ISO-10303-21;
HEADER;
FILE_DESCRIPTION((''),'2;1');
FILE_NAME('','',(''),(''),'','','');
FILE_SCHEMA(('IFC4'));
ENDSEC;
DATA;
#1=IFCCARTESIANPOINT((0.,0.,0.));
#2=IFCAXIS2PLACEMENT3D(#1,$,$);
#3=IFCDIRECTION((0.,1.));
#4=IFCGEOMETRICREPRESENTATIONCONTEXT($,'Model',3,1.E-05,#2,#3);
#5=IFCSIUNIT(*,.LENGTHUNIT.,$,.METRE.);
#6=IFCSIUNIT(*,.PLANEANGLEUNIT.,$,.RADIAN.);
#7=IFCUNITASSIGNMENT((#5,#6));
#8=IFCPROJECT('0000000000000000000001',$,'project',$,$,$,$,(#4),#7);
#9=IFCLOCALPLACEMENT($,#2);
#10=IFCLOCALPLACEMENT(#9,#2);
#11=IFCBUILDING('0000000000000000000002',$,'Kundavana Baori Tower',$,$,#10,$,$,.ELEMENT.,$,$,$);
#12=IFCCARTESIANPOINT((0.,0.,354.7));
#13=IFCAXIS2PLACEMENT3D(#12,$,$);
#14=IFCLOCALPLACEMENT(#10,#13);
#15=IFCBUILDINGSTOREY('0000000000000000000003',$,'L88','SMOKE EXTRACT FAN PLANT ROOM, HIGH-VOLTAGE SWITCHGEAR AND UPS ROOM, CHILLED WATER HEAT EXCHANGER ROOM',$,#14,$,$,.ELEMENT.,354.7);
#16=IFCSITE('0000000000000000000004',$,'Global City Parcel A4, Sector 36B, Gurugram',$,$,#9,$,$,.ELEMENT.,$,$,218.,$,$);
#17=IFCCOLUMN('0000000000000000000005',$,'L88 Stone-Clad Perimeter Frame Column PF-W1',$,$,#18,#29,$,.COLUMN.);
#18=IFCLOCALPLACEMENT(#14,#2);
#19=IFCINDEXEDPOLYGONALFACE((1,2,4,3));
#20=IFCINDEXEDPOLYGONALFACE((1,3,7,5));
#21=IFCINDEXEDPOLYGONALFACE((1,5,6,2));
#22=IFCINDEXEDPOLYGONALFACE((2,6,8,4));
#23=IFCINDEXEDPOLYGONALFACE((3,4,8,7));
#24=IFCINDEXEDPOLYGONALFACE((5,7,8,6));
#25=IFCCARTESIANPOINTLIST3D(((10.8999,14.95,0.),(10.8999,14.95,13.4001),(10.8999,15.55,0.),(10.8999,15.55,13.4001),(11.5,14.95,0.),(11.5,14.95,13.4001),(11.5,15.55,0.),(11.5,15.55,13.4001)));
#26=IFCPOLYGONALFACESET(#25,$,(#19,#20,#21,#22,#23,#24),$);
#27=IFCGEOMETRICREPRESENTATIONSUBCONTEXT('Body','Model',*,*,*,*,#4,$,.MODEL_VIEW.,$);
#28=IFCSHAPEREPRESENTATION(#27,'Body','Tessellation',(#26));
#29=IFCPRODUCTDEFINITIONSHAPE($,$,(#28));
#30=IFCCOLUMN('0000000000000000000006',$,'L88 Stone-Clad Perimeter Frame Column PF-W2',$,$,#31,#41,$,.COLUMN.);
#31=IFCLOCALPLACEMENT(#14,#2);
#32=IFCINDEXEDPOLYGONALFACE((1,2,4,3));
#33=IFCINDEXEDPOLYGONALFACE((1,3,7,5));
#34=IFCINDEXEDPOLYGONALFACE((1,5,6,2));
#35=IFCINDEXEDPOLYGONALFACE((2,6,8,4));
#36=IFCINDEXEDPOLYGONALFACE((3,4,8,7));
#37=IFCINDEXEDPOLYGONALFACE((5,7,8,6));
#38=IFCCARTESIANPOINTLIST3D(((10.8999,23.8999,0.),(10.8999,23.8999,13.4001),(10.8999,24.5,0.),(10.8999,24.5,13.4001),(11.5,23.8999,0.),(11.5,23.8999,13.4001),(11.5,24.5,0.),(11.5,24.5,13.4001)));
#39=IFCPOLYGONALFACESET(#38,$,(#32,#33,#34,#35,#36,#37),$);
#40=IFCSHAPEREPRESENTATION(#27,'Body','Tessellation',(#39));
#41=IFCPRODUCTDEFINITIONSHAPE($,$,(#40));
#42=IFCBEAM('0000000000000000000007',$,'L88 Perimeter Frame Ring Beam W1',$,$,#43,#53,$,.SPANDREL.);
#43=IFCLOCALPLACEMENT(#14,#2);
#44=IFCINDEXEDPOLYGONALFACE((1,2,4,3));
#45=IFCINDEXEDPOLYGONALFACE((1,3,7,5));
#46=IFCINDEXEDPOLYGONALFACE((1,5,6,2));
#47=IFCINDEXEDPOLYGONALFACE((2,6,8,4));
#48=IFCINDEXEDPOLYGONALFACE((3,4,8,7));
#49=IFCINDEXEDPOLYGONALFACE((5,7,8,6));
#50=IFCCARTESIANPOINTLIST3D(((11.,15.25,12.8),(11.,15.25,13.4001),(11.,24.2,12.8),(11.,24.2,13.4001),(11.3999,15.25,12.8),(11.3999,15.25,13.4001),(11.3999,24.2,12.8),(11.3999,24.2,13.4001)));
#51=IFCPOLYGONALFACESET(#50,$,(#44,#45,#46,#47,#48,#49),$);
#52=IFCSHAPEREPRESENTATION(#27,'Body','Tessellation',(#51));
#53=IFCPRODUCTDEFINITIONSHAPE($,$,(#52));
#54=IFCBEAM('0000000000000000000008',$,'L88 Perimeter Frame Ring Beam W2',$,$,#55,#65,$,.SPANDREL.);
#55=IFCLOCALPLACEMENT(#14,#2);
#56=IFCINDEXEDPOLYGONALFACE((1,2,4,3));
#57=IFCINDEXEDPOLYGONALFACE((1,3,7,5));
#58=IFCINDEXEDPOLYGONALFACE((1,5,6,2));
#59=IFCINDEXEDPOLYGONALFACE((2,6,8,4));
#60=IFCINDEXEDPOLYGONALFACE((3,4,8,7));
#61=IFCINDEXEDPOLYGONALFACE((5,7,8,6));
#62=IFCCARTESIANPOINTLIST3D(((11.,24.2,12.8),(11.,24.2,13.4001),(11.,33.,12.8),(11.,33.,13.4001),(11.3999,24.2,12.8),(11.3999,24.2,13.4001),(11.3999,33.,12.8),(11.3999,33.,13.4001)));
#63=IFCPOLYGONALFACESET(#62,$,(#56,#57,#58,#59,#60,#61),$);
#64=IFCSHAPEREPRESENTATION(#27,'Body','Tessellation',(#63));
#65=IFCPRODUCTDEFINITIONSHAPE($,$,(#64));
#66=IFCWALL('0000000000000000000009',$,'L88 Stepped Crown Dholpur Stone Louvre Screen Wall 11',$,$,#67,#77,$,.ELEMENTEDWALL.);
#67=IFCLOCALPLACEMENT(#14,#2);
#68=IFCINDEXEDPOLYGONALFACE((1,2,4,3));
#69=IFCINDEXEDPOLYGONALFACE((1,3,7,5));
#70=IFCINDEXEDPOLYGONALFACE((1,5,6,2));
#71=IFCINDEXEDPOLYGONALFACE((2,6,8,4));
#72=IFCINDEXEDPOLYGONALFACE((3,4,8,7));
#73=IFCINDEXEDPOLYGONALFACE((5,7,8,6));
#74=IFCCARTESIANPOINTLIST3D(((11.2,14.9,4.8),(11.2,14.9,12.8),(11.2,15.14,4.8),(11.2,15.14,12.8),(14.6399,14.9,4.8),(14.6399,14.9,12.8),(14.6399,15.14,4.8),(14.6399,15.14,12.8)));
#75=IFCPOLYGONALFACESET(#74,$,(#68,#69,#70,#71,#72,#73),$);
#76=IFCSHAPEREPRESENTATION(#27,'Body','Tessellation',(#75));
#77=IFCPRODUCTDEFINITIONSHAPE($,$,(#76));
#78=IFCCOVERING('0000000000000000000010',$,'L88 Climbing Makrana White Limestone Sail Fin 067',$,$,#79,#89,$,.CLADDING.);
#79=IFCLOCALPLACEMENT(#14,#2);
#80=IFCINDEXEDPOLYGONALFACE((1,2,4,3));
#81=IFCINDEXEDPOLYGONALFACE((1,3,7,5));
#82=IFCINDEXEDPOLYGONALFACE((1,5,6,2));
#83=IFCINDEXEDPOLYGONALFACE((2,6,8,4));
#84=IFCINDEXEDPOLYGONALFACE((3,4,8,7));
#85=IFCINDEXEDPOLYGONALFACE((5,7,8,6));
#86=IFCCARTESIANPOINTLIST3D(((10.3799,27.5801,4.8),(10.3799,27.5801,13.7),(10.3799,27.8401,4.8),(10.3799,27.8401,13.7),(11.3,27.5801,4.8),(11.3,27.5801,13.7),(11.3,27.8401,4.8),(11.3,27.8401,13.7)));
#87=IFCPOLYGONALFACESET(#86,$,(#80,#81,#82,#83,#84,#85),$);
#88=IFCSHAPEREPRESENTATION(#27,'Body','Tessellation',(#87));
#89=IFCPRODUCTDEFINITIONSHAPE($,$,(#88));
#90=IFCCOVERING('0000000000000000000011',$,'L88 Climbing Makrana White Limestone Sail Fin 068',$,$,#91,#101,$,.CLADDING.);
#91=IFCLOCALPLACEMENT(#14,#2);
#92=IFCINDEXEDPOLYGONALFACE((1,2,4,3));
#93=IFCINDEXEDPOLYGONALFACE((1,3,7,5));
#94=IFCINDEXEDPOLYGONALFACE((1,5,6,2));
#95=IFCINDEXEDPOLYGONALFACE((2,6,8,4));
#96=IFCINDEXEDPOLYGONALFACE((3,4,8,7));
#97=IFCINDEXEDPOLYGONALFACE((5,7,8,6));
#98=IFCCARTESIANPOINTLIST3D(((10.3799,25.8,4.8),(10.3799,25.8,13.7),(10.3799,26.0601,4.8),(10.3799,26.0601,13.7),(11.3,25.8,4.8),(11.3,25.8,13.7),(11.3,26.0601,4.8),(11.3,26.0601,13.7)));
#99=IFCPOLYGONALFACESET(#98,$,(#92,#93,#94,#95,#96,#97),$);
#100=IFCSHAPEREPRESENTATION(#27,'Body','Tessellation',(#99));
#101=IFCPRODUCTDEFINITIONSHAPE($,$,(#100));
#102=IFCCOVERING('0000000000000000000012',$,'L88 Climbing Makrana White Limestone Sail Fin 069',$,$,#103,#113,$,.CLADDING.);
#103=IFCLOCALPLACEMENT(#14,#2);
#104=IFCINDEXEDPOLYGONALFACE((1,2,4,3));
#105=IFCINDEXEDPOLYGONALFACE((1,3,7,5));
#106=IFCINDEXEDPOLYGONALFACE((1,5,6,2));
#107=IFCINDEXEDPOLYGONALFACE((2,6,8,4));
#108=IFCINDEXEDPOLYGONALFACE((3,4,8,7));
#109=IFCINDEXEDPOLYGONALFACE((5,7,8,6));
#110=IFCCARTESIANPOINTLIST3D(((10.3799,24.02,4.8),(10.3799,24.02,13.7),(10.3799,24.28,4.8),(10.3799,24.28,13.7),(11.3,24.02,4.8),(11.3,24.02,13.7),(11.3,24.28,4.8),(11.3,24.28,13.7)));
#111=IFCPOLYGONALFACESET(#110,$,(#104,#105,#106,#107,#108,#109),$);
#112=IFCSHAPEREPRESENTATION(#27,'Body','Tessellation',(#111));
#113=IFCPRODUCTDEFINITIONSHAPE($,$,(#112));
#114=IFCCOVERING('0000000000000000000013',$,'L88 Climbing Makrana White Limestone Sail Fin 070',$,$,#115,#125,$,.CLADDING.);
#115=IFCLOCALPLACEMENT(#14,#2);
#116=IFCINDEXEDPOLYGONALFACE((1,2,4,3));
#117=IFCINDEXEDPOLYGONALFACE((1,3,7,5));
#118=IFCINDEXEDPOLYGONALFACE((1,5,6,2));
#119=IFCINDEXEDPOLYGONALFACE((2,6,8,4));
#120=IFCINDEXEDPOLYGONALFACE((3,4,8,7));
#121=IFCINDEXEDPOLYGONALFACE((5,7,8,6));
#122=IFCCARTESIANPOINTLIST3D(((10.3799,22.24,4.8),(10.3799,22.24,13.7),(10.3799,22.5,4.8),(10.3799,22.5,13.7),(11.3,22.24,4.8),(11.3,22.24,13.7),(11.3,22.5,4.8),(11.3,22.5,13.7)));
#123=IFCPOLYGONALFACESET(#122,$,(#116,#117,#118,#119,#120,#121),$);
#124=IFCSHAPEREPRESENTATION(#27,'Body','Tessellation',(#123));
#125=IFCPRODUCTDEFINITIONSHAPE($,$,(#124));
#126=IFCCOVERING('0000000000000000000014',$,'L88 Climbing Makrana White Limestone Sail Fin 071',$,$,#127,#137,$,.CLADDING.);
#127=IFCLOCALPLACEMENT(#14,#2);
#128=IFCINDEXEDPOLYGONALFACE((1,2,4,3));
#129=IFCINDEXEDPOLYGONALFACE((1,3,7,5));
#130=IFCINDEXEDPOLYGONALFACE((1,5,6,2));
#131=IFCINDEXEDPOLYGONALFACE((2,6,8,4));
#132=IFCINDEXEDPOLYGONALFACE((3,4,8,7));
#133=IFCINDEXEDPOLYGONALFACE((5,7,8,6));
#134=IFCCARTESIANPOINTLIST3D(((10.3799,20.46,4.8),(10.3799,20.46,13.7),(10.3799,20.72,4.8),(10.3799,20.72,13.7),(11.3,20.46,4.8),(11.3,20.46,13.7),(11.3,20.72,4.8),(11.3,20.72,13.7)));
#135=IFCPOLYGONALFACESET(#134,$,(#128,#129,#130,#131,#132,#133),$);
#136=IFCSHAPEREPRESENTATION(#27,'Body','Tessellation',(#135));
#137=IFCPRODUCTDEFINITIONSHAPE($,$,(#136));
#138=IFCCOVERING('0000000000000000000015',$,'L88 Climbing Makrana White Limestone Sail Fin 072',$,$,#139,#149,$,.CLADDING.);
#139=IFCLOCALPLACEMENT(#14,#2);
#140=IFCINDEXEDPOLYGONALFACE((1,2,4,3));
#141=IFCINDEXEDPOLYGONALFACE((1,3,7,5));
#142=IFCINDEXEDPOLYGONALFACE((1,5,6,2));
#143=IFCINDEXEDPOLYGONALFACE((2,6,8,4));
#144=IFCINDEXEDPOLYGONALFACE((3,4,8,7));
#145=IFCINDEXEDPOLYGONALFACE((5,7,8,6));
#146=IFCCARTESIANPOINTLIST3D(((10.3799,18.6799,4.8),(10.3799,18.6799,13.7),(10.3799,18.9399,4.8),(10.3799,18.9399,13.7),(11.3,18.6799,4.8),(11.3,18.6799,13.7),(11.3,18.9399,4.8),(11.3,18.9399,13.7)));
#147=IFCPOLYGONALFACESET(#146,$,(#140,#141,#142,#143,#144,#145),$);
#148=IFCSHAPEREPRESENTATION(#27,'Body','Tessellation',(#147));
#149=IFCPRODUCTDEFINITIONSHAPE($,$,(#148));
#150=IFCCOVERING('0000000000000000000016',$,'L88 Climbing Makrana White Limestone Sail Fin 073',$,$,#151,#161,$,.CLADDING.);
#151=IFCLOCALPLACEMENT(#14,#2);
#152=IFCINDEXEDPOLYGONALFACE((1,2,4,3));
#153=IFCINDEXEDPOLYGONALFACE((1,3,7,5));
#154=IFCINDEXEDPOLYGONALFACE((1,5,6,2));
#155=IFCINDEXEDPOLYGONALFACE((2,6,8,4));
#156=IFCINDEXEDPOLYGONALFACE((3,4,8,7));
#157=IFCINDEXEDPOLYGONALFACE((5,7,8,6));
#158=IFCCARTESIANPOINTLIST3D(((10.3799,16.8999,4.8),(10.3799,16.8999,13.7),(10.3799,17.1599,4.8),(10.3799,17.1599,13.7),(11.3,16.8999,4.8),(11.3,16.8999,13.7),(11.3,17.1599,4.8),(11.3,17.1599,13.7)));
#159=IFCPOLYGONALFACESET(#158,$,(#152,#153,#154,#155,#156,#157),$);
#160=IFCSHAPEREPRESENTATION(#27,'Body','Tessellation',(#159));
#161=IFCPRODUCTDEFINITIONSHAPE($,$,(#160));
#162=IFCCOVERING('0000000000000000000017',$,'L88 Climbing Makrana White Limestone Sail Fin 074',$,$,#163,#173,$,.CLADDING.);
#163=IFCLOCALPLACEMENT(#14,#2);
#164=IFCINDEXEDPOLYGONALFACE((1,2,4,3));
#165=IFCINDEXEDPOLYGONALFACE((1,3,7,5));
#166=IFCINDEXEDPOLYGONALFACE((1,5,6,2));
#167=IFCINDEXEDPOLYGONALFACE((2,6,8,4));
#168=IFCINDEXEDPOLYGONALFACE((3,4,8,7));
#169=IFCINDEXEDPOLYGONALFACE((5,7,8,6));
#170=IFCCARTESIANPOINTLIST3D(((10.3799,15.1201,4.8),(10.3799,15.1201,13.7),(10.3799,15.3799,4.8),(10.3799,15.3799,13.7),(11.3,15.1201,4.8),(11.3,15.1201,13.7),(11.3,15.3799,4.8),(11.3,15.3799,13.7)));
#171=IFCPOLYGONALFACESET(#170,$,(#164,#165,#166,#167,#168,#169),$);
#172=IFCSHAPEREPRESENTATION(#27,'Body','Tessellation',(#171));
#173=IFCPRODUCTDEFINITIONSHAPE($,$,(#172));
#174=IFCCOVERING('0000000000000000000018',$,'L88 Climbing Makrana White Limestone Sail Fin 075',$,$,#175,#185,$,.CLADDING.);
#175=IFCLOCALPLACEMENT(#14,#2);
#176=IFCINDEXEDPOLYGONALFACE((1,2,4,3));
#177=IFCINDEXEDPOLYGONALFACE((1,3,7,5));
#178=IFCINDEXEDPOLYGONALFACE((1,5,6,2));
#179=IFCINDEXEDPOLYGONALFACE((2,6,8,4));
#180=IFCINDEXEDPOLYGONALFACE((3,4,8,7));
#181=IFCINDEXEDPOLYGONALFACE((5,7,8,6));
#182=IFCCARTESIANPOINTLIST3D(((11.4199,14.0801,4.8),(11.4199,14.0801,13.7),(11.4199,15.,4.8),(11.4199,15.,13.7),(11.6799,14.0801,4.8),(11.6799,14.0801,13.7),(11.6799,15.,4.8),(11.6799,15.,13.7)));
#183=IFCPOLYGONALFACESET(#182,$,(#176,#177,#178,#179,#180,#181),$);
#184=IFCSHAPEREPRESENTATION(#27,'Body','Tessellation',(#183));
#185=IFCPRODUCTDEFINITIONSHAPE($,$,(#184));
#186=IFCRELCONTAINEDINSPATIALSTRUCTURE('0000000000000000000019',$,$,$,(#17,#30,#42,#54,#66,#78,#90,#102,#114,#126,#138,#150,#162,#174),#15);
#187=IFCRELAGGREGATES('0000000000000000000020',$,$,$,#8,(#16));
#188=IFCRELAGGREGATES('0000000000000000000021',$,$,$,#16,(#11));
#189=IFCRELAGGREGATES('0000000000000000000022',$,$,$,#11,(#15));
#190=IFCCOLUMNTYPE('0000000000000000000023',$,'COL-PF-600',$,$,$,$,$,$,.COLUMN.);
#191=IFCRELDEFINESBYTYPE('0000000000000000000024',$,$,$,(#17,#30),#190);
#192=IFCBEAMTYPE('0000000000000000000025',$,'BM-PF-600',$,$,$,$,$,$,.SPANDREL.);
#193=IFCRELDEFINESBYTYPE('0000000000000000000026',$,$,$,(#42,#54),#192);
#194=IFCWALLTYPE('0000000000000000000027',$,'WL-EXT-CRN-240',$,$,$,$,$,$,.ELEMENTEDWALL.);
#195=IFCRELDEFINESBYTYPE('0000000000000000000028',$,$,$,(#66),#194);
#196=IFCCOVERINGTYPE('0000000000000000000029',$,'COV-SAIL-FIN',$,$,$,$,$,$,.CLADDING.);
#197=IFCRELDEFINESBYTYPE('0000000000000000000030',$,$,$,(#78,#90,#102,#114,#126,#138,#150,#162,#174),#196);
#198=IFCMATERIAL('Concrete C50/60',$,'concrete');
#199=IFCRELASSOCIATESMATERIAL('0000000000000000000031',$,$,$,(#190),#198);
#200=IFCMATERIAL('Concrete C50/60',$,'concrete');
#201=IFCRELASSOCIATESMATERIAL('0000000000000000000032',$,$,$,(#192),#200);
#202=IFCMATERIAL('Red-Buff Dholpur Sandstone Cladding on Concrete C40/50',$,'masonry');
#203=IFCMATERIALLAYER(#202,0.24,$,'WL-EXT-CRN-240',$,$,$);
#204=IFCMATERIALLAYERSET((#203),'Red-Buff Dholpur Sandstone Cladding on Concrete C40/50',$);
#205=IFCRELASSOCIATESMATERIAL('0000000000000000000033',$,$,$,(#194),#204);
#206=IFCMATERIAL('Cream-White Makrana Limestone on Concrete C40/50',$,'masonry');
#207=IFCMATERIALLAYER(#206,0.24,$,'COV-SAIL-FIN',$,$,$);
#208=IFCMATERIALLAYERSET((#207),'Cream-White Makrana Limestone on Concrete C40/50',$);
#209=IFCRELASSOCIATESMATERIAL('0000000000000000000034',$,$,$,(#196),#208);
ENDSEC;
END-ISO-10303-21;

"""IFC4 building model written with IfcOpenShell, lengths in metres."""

from ifc_helpers import new_model, si_unit, direction, frame, frame_2d, origin, origin_2d, place, context, subcontext, project, spatial, polyline, rectangle, outline, extrude, material, layer, layer_set, material_profile, profile_set, type_object, element, save


model = new_model("IFC4")

# Units and contexts
model_context = context("Model", 3, precision=1e-05, world=origin(), true_north=direction((0.0, 1.0)))
body_context = subcontext(model_context, "Body", "Model", "MODEL_VIEW")
ifc_project = project(units=[si_unit("LENGTHUNIT", "METRE"), si_unit("PLANEANGLEUNIT", "RADIAN")], contexts=[model_context])

# Site, building, storey
site_placement = place(None, origin())
site = spatial("IfcSite", under=ifc_project, at=site_placement, Name="Global City Parcel A4, Sector 36B, Gurugram", CompositionType="ELEMENT", RefElevation=218.0)
building_placement = place(site_placement, origin())
building = spatial("IfcBuilding", under=site, at=building_placement, Name="Kundavana Baori Tower", CompositionType="ELEMENT")
storey_placement = place(building_placement, frame((0.0, 0.0, 354.7)))
storey = spatial("IfcBuildingStorey", under=building, at=storey_placement, Name="L88", Description="SMOKE EXTRACT FAN PLANT ROOM, HIGH-VOLTAGE SWITCHGEAR AND UPS ROOM, CHILLED WATER HEAT EXCHANGER ROOM", CompositionType="ELEMENT", Elevation=354.7)

# Columns
ifc_material_1 = material(Name="Concrete C50/60", Category="concrete")
ifc_material_profile_1 = material_profile(ifc_material_1, rectangle(XDim=0.6001, YDim=0.6001, at=origin_2d()), Name="RC PF 600x600")
ifc_profile_set_1 = profile_set([ifc_material_profile_1], Name="Concrete C50/60")
column_type = type_object("IfcColumnType", Name="COL-PF-600", PredefinedType="COLUMN", material=ifc_profile_set_1)
for number, where, z_axis, x_axis, name in (
    (1, (11.2, 15.25, 0.0), (0.0, 0.0, 1.0), (1.0, 0.0, 0.0), "L88 Stone-Clad Perimeter Frame Column PF-W1"),
    (2, (11.2, 24.2, 0.0), (0.0, 0.0, 1.0), (1.0, 0.0, 0.0), "L88 Stone-Clad Perimeter Frame Column PF-W2"),
):
    element("IfcColumn", number, at=place(storey_placement, frame(where, z_axis=z_axis, x_axis=x_axis)), inside=storey, type_object=column_type, Name=name, PredefinedType="COLUMN", context=body_context, shape_type="SweptSolid", body=[
        extrude(rectangle(XDim=0.6001, YDim=0.6001, at=origin_2d()), origin(), (0.0, 0.0, 1.0), 13.4001),
    ])

# Beams
ifc_material_2 = material(Name="Concrete C50/60", Category="concrete")
ifc_material_profile_2 = material_profile(ifc_material_2, rectangle(XDim=0.3999, YDim=0.6001, at=origin_2d()), Name="RC BM 400x600")
ifc_profile_set_2 = profile_set([ifc_material_profile_2], Name="Concrete C50/60")
beam_type = type_object("IfcBeamType", Name="BM-PF-600", PredefinedType="SPANDREL", material=ifc_profile_set_2)
beam_1_placement = place(storey_placement, frame((11.2, 15.25, 13.1001), z_axis=(0.0, 1.0, 0.0), x_axis=(-1.0, 0.0, 0.0)))
element("IfcBeam", 3, at=beam_1_placement, inside=storey, type_object=beam_type, Name="L88 Perimeter Frame Ring Beam W1", PredefinedType="SPANDREL", context=body_context, shape_type="SweptSolid", body=[
    extrude(rectangle(XDim=0.3999, YDim=0.6001, at=origin_2d()), origin(), (0.0, 0.0, 1.0), 8.95),
])
beam_2_placement = place(storey_placement, frame((11.2, 24.2, 13.1001), z_axis=(0.0, 1.0, 0.0), x_axis=(-1.0, 0.0, 0.0)))
element("IfcBeam", 4, at=beam_2_placement, inside=storey, type_object=beam_type, Name="L88 Perimeter Frame Ring Beam W2", PredefinedType="SPANDREL", context=body_context, shape_type="SweptSolid", body=[
    extrude(rectangle(XDim=0.3999, YDim=0.6001, at=origin_2d()), origin(), (0.0, 0.0, 1.0), 8.8),
])

# Wall
ifc_material_3 = material(Name="Red-Buff Dholpur Sandstone Cladding on Concrete C40/50", Category="masonry")
ifc_layer_1 = layer(ifc_material_3, 0.24, Name="WL-EXT-CRN-240")
ifc_layer_set_1 = layer_set([ifc_layer_1], Name="Red-Buff Dholpur Sandstone Cladding on Concrete C40/50")
wall_type = type_object("IfcWallType", Name="WL-EXT-CRN-240", PredefinedType="ELEMENTEDWALL", material=ifc_layer_set_1)
wall_placement = place(storey_placement, frame((11.2, 15.02, 4.8), z_axis=(0.0, 0.0, 1.0), x_axis=(1.0, 0.0, 0.0)))
element("IfcWall", 5, at=wall_placement, inside=storey, type_object=wall_type, Name="L88 Stepped Crown Dholpur Stone Louvre Screen Wall 11", PredefinedType="ELEMENTEDWALL", context=body_context, shape_type="SweptSolid", body=[
    extrude(rectangle(XDim=3.4399, YDim=0.24, at=frame_2d((1.72, 0.0))), origin(), (0.0, 0.0, 1.0), 8.0),
])

# Coverings
ifc_material_4 = material(Name="Cream-White Makrana Limestone on Concrete C40/50", Category="masonry")
ifc_layer_2 = layer(ifc_material_4, 0.24, Name="COV-SAIL-FIN")
ifc_layer_set_2 = layer_set([ifc_layer_2], Name="Cream-White Makrana Limestone on Concrete C40/50")
covering_type = type_object("IfcCoveringType", Name="COV-SAIL-FIN", PredefinedType="CLADDING", material=ifc_layer_set_2)
covering_1_placement = place(storey_placement, frame((0.0, 0.0, 4.8)))
element("IfcCovering", 6, at=covering_1_placement, inside=storey, type_object=covering_type, Name="L88 Climbing Makrana White Limestone Sail Fin 067", PredefinedType="CLADDING", context=body_context, shape_type="SweptSolid", body=[
    extrude(outline(polyline([(10.3799, 27.5801), (11.3, 27.5801), (11.3, 27.8401), (10.3799, 27.8401), (10.3799, 27.5801)])), origin(), (0.0, 0.0, 1.0), 8.8999),
])
covering_2_placement = place(storey_placement, frame((0.0, 0.0, 4.8)))
element("IfcCovering", 7, at=covering_2_placement, inside=storey, type_object=covering_type, Name="L88 Climbing Makrana White Limestone Sail Fin 068", PredefinedType="CLADDING", context=body_context, shape_type="SweptSolid", body=[
    extrude(outline(polyline([(10.3799, 25.8), (11.3, 25.8), (11.3, 26.0601), (10.3799, 26.0601), (10.3799, 25.8)])), origin(), (0.0, 0.0, 1.0), 8.8999),
])
covering_3_placement = place(storey_placement, frame((0.0, 0.0, 4.8)))
element("IfcCovering", 8, at=covering_3_placement, inside=storey, type_object=covering_type, Name="L88 Climbing Makrana White Limestone Sail Fin 069", PredefinedType="CLADDING", context=body_context, shape_type="SweptSolid", body=[
    extrude(outline(polyline([(10.3799, 24.02), (11.3, 24.02), (11.3, 24.28), (10.3799, 24.28), (10.3799, 24.02)])), origin(), (0.0, 0.0, 1.0), 8.8999),
])
covering_4_placement = place(storey_placement, frame((0.0, 0.0, 4.8)))
element("IfcCovering", 9, at=covering_4_placement, inside=storey, type_object=covering_type, Name="L88 Climbing Makrana White Limestone Sail Fin 070", PredefinedType="CLADDING", context=body_context, shape_type="SweptSolid", body=[
    extrude(outline(polyline([(10.3799, 22.24), (11.3, 22.24), (11.3, 22.5), (10.3799, 22.5), (10.3799, 22.24)])), origin(), (0.0, 0.0, 1.0), 8.8999),
])
covering_5_placement = place(storey_placement, frame((0.0, 0.0, 4.8)))
element("IfcCovering", 10, at=covering_5_placement, inside=storey, type_object=covering_type, Name="L88 Climbing Makrana White Limestone Sail Fin 071", PredefinedType="CLADDING", context=body_context, shape_type="SweptSolid", body=[
    extrude(outline(polyline([(10.3799, 20.46), (11.3, 20.46), (11.3, 20.72), (10.3799, 20.72), (10.3799, 20.46)])), origin(), (0.0, 0.0, 1.0), 8.8999),
])
covering_6_placement = place(storey_placement, frame((0.0, 0.0, 4.8)))
element("IfcCovering", 11, at=covering_6_placement, inside=storey, type_object=covering_type, Name="L88 Climbing Makrana White Limestone Sail Fin 072", PredefinedType="CLADDING", context=body_context, shape_type="SweptSolid", body=[
    extrude(outline(polyline([(10.3799, 18.6799), (11.3, 18.6799), (11.3, 18.9399), (10.3799, 18.9399), (10.3799, 18.6799)])), origin(), (0.0, 0.0, 1.0), 8.8999),
])
covering_7_placement = place(storey_placement, frame((0.0, 0.0, 4.8)))
element("IfcCovering", 12, at=covering_7_placement, inside=storey, type_object=covering_type, Name="L88 Climbing Makrana White Limestone Sail Fin 073", PredefinedType="CLADDING", context=body_context, shape_type="SweptSolid", body=[
    extrude(outline(polyline([(10.3799, 16.8999), (11.3, 16.8999), (11.3, 17.1599), (10.3799, 17.1599), (10.3799, 16.8999)])), origin(), (0.0, 0.0, 1.0), 8.8999),
])
covering_8_placement = place(storey_placement, frame((0.0, 0.0, 4.8)))
element("IfcCovering", 13, at=covering_8_placement, inside=storey, type_object=covering_type, Name="L88 Climbing Makrana White Limestone Sail Fin 074", PredefinedType="CLADDING", context=body_context, shape_type="SweptSolid", body=[
    extrude(outline(polyline([(10.3799, 15.1201), (11.3, 15.1201), (11.3, 15.3799), (10.3799, 15.3799), (10.3799, 15.1201)])), origin(), (0.0, 0.0, 1.0), 8.8999),
])
covering_9_placement = place(storey_placement, frame((0.0, 0.0, 4.8)))
element("IfcCovering", 14, at=covering_9_placement, inside=storey, type_object=covering_type, Name="L88 Climbing Makrana White Limestone Sail Fin 075", PredefinedType="CLADDING", context=body_context, shape_type="SweptSolid", body=[
    extrude(outline(polyline([(11.4199, 14.0801), (11.6799, 14.0801), (11.6799, 15.0), (11.4199, 15.0), (11.4199, 14.0801)])), origin(), (0.0, 0.0, 1.0), 8.8999),
])

save(model, "model.ifc")
